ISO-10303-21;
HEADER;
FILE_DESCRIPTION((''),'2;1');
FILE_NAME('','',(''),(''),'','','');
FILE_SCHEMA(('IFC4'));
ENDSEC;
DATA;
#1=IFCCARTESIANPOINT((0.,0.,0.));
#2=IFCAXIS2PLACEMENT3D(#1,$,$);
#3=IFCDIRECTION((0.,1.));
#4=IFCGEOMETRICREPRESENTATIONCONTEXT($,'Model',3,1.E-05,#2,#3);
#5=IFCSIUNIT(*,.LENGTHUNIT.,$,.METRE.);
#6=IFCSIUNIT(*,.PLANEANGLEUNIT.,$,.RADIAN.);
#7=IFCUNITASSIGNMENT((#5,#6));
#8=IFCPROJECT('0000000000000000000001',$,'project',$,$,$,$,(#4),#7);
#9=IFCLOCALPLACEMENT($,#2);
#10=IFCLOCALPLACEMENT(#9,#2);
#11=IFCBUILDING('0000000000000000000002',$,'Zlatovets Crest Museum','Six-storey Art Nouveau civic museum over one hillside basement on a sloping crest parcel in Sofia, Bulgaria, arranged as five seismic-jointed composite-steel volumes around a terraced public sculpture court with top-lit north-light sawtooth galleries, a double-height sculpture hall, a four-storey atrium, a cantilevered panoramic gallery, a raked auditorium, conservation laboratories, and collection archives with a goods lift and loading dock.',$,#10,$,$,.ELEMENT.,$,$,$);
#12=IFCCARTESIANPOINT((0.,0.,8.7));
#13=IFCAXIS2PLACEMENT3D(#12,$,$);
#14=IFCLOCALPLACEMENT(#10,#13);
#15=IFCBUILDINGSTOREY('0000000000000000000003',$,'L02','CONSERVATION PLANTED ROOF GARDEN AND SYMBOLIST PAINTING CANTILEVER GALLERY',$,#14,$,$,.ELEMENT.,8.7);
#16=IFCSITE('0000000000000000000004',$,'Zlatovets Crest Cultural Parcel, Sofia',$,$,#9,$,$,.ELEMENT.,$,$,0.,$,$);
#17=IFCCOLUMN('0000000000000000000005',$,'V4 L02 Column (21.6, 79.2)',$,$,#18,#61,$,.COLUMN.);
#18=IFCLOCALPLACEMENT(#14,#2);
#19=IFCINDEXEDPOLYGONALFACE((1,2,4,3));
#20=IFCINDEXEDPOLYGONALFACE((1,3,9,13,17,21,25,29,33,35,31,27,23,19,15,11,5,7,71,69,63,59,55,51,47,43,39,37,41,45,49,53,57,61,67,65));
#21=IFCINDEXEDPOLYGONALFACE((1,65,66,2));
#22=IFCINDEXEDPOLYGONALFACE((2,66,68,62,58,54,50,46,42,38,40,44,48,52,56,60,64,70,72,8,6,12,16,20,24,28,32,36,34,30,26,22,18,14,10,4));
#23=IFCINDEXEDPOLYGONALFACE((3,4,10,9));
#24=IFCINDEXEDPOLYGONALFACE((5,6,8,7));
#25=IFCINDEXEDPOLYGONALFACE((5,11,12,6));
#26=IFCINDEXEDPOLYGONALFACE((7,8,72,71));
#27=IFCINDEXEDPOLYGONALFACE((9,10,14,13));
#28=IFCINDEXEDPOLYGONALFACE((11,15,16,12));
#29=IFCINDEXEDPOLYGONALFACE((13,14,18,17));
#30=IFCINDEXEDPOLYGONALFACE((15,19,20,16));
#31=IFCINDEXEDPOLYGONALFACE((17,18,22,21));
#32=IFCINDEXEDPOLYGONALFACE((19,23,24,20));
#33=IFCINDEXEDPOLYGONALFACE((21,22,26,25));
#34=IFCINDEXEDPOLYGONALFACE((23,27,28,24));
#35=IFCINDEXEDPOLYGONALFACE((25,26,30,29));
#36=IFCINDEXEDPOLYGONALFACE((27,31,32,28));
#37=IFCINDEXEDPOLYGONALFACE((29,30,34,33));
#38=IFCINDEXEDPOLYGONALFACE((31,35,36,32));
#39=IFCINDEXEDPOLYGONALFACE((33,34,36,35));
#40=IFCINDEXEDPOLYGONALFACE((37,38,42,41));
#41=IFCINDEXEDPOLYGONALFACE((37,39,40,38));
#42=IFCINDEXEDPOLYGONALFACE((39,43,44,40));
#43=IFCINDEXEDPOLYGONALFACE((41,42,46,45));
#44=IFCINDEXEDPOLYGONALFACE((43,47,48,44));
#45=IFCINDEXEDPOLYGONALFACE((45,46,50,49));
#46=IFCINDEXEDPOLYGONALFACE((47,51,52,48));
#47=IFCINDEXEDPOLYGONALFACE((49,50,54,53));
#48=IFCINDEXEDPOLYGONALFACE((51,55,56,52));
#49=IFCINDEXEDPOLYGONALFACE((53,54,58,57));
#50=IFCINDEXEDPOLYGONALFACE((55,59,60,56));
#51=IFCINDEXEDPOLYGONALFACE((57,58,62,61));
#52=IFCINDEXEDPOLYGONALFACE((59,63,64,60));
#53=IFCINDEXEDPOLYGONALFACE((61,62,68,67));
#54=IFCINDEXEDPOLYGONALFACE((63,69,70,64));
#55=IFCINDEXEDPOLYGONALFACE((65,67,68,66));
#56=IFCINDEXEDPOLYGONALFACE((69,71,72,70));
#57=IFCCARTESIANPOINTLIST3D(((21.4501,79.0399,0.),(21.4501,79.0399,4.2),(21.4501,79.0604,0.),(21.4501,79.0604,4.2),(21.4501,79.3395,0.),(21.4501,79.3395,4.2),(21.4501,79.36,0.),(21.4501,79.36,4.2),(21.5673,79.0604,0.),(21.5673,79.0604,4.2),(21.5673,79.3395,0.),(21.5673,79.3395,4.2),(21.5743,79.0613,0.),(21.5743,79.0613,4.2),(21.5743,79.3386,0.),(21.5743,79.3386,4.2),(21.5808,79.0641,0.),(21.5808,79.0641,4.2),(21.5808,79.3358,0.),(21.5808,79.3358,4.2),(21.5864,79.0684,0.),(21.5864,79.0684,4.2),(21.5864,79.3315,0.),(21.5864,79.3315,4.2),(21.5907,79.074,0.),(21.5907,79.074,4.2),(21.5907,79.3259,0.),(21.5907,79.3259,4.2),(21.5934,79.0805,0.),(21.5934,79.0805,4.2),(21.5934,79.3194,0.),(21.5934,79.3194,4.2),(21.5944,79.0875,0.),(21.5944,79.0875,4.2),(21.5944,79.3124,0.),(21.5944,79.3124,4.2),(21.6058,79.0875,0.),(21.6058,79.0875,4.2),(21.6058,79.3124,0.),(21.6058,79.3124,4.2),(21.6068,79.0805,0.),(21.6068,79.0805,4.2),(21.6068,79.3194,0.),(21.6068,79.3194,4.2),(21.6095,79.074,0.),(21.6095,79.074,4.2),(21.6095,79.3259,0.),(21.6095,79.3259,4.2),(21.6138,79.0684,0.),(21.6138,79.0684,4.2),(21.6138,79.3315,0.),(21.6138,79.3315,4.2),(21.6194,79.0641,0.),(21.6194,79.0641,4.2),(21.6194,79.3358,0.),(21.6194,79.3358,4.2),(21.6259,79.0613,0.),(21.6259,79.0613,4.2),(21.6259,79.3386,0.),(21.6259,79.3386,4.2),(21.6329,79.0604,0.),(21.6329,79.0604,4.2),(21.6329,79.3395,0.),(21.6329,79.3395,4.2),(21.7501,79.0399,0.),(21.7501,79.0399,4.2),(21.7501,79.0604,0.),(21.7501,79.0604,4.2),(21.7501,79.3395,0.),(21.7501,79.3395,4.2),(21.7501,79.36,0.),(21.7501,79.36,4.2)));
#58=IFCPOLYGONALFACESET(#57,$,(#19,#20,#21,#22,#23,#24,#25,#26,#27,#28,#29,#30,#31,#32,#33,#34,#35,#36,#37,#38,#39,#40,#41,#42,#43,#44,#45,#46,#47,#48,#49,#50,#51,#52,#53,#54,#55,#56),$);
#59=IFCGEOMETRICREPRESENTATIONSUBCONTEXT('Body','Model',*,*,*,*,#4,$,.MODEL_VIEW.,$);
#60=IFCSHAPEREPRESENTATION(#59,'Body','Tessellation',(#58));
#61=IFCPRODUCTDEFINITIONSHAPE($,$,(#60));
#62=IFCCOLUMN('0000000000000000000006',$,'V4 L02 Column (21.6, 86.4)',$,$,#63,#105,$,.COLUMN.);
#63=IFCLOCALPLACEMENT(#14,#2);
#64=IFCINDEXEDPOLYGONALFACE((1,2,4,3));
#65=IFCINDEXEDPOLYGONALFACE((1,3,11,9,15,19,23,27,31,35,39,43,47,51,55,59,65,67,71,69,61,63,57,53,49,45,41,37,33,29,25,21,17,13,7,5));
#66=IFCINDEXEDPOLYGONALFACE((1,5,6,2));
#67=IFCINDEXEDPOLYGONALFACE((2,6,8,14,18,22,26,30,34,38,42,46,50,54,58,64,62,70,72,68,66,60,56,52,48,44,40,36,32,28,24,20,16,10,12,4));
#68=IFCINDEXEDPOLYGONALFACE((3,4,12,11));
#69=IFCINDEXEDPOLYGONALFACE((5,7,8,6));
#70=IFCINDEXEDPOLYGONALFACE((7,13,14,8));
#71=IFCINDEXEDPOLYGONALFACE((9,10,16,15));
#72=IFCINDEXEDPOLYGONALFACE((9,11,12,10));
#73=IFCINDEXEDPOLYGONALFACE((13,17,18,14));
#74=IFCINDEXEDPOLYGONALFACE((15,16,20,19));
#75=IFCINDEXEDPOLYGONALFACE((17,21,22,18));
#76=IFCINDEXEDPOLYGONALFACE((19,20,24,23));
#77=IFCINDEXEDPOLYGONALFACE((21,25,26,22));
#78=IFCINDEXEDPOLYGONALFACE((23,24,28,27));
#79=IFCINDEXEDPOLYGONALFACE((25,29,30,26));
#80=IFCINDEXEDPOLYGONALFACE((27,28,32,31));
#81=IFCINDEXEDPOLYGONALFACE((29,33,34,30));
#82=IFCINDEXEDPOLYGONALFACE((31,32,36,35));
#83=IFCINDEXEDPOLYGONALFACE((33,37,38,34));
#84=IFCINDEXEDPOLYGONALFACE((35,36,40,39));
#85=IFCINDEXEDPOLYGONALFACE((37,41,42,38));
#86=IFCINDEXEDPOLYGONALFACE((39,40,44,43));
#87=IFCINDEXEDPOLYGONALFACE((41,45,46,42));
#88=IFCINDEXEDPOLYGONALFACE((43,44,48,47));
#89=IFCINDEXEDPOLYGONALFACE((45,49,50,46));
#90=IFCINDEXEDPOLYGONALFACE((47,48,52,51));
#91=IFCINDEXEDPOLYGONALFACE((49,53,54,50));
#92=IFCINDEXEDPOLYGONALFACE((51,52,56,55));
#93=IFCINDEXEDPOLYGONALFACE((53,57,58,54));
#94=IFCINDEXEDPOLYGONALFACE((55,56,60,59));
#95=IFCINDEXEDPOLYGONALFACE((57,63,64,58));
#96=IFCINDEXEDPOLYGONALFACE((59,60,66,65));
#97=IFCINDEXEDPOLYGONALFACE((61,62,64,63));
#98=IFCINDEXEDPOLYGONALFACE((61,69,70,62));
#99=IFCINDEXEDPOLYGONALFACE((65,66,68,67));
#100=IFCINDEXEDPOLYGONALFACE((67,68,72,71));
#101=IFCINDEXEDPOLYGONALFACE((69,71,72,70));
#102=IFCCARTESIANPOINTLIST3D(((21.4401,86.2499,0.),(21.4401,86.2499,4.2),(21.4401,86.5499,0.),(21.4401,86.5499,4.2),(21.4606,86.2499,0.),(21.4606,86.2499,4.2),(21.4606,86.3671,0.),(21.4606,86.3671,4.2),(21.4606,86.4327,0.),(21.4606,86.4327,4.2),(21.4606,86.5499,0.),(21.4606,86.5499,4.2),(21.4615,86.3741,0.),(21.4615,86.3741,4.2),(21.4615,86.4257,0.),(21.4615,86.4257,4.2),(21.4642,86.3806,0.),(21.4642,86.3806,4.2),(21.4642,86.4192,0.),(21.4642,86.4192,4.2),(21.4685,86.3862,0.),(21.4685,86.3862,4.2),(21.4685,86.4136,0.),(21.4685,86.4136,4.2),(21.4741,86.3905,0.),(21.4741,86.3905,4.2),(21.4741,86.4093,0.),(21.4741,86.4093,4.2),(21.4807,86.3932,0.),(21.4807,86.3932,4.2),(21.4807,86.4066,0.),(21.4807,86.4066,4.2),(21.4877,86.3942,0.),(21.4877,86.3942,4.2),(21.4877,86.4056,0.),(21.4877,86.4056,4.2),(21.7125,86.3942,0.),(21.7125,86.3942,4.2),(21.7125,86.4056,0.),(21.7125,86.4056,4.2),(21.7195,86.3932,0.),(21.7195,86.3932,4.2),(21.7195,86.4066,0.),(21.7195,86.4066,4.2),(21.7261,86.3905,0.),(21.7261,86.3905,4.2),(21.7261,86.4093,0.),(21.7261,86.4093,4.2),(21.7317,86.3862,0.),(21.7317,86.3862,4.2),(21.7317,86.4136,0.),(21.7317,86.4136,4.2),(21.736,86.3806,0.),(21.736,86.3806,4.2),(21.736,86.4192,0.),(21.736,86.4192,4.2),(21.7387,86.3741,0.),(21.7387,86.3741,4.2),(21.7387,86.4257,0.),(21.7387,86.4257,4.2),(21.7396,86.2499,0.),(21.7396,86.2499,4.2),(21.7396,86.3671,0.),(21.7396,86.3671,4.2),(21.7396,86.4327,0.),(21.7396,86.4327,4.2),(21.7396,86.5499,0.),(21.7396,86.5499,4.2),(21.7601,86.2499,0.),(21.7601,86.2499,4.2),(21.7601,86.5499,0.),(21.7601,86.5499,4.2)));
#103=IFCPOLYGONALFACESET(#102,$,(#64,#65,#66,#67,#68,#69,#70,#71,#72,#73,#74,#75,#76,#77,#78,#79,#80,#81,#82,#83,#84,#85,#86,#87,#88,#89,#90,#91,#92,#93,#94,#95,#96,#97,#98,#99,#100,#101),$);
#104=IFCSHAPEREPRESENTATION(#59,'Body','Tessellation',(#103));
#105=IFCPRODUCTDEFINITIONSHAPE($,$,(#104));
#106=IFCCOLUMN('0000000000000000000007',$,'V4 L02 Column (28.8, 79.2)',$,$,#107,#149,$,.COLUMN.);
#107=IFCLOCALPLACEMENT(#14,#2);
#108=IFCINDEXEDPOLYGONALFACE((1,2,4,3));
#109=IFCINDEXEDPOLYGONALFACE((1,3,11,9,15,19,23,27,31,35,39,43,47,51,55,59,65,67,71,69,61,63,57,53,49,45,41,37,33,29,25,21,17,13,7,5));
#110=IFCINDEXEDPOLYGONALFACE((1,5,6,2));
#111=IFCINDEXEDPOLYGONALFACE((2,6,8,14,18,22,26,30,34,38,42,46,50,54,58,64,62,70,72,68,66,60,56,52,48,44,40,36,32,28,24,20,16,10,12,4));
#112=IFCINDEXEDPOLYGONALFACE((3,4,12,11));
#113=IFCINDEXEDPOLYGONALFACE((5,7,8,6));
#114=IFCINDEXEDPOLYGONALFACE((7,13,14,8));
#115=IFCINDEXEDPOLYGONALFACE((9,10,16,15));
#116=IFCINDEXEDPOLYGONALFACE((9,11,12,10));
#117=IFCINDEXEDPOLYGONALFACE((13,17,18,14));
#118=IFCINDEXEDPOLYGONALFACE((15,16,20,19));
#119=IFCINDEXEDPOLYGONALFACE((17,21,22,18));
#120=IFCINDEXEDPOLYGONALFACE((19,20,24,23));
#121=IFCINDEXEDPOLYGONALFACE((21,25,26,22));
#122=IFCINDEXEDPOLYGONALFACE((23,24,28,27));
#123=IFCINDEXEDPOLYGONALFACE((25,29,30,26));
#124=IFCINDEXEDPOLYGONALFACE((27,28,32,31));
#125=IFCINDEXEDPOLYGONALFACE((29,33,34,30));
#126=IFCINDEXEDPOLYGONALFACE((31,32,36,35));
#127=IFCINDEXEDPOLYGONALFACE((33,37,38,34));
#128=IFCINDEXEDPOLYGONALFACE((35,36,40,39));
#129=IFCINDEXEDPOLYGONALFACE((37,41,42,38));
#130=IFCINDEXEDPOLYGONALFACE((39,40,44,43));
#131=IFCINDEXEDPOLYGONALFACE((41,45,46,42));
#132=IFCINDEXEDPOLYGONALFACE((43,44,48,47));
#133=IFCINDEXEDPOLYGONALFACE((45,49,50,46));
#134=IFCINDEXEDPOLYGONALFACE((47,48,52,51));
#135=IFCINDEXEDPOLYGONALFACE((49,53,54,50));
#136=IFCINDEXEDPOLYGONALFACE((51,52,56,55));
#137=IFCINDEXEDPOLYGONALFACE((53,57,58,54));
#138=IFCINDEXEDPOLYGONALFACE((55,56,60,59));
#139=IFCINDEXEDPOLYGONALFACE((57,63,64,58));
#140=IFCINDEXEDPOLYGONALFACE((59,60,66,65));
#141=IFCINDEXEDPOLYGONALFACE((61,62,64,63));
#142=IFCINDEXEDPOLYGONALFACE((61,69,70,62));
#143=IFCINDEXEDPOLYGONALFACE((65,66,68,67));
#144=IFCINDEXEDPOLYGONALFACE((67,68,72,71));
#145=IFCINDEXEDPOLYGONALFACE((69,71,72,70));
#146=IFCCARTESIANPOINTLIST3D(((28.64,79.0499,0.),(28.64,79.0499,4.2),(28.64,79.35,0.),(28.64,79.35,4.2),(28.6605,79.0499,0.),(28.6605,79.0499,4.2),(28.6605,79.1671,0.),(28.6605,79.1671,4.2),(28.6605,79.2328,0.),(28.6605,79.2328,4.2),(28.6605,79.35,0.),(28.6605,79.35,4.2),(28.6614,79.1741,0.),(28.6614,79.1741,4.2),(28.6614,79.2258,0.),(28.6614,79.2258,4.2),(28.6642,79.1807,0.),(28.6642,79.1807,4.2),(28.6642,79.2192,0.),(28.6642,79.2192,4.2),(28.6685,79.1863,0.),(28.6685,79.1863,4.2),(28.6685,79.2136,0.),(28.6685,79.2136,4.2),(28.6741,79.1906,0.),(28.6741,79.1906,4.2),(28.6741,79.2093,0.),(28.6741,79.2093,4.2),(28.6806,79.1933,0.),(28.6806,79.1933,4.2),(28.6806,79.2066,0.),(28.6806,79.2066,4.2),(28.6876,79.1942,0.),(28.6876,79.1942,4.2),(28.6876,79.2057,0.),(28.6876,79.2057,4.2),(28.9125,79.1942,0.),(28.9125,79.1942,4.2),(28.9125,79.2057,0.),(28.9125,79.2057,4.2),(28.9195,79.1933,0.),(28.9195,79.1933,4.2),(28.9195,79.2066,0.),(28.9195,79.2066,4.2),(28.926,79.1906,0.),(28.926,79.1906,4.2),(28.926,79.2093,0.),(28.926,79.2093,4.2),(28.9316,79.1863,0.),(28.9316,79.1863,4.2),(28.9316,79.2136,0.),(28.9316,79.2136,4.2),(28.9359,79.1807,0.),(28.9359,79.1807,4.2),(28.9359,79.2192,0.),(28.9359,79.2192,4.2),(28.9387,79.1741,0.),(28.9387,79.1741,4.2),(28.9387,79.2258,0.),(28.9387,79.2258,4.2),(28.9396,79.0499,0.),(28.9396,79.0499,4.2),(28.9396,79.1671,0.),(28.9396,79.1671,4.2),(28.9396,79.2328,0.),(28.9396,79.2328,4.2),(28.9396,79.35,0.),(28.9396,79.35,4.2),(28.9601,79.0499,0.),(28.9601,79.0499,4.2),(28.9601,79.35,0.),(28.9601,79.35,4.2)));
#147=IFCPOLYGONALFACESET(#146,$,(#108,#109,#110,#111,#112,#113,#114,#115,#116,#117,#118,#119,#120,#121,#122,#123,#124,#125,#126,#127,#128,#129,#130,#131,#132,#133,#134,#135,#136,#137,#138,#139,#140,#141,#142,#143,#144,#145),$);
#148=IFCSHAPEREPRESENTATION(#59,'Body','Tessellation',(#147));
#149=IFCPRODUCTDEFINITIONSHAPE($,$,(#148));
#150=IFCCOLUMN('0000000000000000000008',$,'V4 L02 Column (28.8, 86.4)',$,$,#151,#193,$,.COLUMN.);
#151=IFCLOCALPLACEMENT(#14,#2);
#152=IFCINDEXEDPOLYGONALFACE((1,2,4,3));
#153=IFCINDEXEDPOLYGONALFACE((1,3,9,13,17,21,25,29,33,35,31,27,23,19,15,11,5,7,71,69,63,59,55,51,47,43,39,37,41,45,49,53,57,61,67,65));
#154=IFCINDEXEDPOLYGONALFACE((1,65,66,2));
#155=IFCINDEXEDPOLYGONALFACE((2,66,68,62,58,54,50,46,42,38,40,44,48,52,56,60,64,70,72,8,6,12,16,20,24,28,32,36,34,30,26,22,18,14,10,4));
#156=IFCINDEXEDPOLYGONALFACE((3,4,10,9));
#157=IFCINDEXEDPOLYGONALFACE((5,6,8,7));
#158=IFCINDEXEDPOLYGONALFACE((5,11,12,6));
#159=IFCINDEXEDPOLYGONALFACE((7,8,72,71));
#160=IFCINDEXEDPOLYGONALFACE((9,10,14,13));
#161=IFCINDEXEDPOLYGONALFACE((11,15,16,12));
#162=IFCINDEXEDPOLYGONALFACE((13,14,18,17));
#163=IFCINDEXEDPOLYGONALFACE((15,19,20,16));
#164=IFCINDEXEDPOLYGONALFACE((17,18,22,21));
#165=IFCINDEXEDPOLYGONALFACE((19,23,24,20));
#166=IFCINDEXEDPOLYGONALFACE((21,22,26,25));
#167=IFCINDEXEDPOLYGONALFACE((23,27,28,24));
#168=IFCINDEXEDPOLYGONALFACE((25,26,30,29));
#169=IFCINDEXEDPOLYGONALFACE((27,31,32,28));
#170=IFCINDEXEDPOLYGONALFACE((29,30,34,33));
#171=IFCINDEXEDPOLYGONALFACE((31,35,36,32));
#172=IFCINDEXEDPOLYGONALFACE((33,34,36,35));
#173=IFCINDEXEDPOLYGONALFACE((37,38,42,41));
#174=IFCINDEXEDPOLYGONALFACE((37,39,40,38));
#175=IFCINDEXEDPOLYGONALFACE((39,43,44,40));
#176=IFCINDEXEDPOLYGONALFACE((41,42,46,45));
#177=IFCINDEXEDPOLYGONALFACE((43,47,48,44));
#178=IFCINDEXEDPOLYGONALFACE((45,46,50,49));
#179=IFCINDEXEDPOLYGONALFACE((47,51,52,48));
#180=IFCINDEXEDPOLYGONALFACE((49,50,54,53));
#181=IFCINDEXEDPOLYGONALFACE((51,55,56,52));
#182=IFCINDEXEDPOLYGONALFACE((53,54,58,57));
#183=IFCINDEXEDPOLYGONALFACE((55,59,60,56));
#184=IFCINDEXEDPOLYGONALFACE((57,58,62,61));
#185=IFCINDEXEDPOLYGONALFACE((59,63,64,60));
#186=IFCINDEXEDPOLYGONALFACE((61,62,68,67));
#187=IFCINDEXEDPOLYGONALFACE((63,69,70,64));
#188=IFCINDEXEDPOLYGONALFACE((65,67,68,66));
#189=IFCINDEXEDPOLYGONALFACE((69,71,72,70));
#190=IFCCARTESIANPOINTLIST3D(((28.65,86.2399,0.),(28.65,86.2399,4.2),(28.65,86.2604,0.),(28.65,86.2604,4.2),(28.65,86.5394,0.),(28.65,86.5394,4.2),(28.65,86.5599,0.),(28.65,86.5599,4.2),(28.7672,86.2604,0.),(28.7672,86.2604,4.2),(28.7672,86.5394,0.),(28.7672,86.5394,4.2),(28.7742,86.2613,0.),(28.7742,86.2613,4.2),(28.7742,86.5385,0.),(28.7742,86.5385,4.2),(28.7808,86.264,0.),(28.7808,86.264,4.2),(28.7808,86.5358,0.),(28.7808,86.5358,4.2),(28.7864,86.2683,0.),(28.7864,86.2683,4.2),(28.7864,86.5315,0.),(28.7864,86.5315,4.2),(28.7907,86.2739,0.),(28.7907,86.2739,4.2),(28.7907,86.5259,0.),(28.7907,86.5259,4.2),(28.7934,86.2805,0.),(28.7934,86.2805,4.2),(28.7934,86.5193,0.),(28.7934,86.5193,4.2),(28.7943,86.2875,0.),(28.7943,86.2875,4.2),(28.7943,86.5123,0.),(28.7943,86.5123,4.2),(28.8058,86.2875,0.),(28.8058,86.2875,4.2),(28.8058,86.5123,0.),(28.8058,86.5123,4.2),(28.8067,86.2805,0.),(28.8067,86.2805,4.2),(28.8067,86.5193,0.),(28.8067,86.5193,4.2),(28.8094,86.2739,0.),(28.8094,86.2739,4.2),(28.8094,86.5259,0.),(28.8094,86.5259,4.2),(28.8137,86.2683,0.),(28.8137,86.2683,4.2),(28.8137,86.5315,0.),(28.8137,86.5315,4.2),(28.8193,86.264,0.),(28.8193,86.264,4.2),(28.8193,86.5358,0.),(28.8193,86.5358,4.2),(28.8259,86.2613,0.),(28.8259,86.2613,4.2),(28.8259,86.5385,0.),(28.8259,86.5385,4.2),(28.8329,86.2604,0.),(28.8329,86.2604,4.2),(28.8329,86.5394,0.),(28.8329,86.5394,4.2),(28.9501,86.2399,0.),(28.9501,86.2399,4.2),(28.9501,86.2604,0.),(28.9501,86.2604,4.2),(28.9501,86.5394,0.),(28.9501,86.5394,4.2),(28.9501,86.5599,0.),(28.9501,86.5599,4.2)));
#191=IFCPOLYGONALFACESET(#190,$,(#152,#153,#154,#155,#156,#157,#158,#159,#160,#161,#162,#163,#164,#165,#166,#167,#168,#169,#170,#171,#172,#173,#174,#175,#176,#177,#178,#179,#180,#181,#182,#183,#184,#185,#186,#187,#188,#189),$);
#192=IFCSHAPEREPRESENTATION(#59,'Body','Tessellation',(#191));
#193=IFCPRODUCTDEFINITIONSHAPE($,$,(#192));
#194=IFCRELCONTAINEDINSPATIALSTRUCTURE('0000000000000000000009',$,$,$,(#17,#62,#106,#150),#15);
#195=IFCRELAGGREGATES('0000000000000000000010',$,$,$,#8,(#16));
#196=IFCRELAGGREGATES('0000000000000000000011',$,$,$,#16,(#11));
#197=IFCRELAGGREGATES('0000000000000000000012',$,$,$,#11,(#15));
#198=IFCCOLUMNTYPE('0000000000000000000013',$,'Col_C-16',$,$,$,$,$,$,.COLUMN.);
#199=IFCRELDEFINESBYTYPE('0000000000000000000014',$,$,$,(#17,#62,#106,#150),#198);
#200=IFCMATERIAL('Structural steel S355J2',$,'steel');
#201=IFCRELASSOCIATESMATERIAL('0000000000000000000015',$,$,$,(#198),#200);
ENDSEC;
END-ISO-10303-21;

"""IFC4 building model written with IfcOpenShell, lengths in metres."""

from ifc_helpers import new_model, si_unit, direction, frame, origin, origin_2d, place, context, subcontext, project, spatial, i_section, extrude, material, material_profile, profile_set, type_object, element, save


model = new_model("IFC4")

# Units and contexts
model_context = context("Model", 3, precision=1e-05, world=origin(), true_north=direction((0.0, 1.0)))
body_context = subcontext(model_context, "Body", "Model", "MODEL_VIEW")
ifc_project = project(units=[si_unit("LENGTHUNIT", "METRE"), si_unit("PLANEANGLEUNIT", "RADIAN")], contexts=[model_context])

# Site, building, storey
site_placement = place(None, origin())
site = spatial("IfcSite", under=ifc_project, at=site_placement, Name="Zlatovets Crest Cultural Parcel, Sofia", CompositionType="ELEMENT", RefElevation=0.0)
building_placement = place(site_placement, origin())
building = spatial("IfcBuilding", under=site, at=building_placement, Name="Zlatovets Crest Museum", Description="Six-storey Art Nouveau civic museum over one hillside basement on a sloping crest parcel in Sofia, Bulgaria, arranged as five seismic-jointed composite-steel volumes around a terraced public sculpture court with top-lit north-light sawtooth galleries, a double-height sculpture hall, a four-storey atrium, a cantilevered panoramic gallery, a raked auditorium, conservation laboratories, and collection archives with a goods lift and loading dock.", CompositionType="ELEMENT")
storey_placement = place(building_placement, frame((0.0, 0.0, 8.7)))
storey = spatial("IfcBuildingStorey", under=building, at=storey_placement, Name="L02", Description="CONSERVATION PLANTED ROOF GARDEN AND SYMBOLIST PAINTING CANTILEVER GALLERY", CompositionType="ELEMENT", Elevation=8.7)

# Columns
ifc_material_1 = material(Name="Structural steel S355J2", Category="steel")
ifc_material_profile_1 = material_profile(ifc_material_1, i_section(OverallWidth=0.3, OverallDepth=0.3201, WebThickness=0.0115, FlangeThickness=0.0205, FilletRadius=0.0271, at=origin_2d()), Name="HEB 320")
ifc_profile_set_1 = profile_set([ifc_material_profile_1], Name="Structural steel S355J2")
column_type = type_object("IfcColumnType", Name="Col_C-16", PredefinedType="COLUMN", material=ifc_profile_set_1)
for number, where, z_axis, x_axis, name in (
    (1, (21.6001, 79.2, 0.0), (0.0, 0.0, 1.0), (1.0, 0.0, 0.0), "V4 L02 Column (21.6, 79.2)"),
    (2, (21.6001, 86.3999, 0.0), (0.0, 0.0, 1.0), (0.0, 1.0, 0.0), "V4 L02 Column (21.6, 86.4)"),
    (3, (28.8, 79.2, 0.0), (0.0, 0.0, 1.0), (0.0, 1.0, 0.0), "V4 L02 Column (28.8, 79.2)"),
    (4, (28.8, 86.3999, 0.0), (0.0, 0.0, 1.0), (1.0, 0.0, 0.0), "V4 L02 Column (28.8, 86.4)"),
):
    element("IfcColumn", number, at=place(storey_placement, frame(where, z_axis=z_axis, x_axis=x_axis)), inside=storey, type_object=column_type, Name=name, PredefinedType="COLUMN", context=body_context, shape_type="SweptSolid", body=[
        extrude(i_section(OverallWidth=0.3, OverallDepth=0.3201, WebThickness=0.0115, FlangeThickness=0.0205, FilletRadius=0.0271, at=origin_2d()), origin(), (0.0, 0.0, 1.0), 4.2),
    ])

save(model, "model.ifc")
